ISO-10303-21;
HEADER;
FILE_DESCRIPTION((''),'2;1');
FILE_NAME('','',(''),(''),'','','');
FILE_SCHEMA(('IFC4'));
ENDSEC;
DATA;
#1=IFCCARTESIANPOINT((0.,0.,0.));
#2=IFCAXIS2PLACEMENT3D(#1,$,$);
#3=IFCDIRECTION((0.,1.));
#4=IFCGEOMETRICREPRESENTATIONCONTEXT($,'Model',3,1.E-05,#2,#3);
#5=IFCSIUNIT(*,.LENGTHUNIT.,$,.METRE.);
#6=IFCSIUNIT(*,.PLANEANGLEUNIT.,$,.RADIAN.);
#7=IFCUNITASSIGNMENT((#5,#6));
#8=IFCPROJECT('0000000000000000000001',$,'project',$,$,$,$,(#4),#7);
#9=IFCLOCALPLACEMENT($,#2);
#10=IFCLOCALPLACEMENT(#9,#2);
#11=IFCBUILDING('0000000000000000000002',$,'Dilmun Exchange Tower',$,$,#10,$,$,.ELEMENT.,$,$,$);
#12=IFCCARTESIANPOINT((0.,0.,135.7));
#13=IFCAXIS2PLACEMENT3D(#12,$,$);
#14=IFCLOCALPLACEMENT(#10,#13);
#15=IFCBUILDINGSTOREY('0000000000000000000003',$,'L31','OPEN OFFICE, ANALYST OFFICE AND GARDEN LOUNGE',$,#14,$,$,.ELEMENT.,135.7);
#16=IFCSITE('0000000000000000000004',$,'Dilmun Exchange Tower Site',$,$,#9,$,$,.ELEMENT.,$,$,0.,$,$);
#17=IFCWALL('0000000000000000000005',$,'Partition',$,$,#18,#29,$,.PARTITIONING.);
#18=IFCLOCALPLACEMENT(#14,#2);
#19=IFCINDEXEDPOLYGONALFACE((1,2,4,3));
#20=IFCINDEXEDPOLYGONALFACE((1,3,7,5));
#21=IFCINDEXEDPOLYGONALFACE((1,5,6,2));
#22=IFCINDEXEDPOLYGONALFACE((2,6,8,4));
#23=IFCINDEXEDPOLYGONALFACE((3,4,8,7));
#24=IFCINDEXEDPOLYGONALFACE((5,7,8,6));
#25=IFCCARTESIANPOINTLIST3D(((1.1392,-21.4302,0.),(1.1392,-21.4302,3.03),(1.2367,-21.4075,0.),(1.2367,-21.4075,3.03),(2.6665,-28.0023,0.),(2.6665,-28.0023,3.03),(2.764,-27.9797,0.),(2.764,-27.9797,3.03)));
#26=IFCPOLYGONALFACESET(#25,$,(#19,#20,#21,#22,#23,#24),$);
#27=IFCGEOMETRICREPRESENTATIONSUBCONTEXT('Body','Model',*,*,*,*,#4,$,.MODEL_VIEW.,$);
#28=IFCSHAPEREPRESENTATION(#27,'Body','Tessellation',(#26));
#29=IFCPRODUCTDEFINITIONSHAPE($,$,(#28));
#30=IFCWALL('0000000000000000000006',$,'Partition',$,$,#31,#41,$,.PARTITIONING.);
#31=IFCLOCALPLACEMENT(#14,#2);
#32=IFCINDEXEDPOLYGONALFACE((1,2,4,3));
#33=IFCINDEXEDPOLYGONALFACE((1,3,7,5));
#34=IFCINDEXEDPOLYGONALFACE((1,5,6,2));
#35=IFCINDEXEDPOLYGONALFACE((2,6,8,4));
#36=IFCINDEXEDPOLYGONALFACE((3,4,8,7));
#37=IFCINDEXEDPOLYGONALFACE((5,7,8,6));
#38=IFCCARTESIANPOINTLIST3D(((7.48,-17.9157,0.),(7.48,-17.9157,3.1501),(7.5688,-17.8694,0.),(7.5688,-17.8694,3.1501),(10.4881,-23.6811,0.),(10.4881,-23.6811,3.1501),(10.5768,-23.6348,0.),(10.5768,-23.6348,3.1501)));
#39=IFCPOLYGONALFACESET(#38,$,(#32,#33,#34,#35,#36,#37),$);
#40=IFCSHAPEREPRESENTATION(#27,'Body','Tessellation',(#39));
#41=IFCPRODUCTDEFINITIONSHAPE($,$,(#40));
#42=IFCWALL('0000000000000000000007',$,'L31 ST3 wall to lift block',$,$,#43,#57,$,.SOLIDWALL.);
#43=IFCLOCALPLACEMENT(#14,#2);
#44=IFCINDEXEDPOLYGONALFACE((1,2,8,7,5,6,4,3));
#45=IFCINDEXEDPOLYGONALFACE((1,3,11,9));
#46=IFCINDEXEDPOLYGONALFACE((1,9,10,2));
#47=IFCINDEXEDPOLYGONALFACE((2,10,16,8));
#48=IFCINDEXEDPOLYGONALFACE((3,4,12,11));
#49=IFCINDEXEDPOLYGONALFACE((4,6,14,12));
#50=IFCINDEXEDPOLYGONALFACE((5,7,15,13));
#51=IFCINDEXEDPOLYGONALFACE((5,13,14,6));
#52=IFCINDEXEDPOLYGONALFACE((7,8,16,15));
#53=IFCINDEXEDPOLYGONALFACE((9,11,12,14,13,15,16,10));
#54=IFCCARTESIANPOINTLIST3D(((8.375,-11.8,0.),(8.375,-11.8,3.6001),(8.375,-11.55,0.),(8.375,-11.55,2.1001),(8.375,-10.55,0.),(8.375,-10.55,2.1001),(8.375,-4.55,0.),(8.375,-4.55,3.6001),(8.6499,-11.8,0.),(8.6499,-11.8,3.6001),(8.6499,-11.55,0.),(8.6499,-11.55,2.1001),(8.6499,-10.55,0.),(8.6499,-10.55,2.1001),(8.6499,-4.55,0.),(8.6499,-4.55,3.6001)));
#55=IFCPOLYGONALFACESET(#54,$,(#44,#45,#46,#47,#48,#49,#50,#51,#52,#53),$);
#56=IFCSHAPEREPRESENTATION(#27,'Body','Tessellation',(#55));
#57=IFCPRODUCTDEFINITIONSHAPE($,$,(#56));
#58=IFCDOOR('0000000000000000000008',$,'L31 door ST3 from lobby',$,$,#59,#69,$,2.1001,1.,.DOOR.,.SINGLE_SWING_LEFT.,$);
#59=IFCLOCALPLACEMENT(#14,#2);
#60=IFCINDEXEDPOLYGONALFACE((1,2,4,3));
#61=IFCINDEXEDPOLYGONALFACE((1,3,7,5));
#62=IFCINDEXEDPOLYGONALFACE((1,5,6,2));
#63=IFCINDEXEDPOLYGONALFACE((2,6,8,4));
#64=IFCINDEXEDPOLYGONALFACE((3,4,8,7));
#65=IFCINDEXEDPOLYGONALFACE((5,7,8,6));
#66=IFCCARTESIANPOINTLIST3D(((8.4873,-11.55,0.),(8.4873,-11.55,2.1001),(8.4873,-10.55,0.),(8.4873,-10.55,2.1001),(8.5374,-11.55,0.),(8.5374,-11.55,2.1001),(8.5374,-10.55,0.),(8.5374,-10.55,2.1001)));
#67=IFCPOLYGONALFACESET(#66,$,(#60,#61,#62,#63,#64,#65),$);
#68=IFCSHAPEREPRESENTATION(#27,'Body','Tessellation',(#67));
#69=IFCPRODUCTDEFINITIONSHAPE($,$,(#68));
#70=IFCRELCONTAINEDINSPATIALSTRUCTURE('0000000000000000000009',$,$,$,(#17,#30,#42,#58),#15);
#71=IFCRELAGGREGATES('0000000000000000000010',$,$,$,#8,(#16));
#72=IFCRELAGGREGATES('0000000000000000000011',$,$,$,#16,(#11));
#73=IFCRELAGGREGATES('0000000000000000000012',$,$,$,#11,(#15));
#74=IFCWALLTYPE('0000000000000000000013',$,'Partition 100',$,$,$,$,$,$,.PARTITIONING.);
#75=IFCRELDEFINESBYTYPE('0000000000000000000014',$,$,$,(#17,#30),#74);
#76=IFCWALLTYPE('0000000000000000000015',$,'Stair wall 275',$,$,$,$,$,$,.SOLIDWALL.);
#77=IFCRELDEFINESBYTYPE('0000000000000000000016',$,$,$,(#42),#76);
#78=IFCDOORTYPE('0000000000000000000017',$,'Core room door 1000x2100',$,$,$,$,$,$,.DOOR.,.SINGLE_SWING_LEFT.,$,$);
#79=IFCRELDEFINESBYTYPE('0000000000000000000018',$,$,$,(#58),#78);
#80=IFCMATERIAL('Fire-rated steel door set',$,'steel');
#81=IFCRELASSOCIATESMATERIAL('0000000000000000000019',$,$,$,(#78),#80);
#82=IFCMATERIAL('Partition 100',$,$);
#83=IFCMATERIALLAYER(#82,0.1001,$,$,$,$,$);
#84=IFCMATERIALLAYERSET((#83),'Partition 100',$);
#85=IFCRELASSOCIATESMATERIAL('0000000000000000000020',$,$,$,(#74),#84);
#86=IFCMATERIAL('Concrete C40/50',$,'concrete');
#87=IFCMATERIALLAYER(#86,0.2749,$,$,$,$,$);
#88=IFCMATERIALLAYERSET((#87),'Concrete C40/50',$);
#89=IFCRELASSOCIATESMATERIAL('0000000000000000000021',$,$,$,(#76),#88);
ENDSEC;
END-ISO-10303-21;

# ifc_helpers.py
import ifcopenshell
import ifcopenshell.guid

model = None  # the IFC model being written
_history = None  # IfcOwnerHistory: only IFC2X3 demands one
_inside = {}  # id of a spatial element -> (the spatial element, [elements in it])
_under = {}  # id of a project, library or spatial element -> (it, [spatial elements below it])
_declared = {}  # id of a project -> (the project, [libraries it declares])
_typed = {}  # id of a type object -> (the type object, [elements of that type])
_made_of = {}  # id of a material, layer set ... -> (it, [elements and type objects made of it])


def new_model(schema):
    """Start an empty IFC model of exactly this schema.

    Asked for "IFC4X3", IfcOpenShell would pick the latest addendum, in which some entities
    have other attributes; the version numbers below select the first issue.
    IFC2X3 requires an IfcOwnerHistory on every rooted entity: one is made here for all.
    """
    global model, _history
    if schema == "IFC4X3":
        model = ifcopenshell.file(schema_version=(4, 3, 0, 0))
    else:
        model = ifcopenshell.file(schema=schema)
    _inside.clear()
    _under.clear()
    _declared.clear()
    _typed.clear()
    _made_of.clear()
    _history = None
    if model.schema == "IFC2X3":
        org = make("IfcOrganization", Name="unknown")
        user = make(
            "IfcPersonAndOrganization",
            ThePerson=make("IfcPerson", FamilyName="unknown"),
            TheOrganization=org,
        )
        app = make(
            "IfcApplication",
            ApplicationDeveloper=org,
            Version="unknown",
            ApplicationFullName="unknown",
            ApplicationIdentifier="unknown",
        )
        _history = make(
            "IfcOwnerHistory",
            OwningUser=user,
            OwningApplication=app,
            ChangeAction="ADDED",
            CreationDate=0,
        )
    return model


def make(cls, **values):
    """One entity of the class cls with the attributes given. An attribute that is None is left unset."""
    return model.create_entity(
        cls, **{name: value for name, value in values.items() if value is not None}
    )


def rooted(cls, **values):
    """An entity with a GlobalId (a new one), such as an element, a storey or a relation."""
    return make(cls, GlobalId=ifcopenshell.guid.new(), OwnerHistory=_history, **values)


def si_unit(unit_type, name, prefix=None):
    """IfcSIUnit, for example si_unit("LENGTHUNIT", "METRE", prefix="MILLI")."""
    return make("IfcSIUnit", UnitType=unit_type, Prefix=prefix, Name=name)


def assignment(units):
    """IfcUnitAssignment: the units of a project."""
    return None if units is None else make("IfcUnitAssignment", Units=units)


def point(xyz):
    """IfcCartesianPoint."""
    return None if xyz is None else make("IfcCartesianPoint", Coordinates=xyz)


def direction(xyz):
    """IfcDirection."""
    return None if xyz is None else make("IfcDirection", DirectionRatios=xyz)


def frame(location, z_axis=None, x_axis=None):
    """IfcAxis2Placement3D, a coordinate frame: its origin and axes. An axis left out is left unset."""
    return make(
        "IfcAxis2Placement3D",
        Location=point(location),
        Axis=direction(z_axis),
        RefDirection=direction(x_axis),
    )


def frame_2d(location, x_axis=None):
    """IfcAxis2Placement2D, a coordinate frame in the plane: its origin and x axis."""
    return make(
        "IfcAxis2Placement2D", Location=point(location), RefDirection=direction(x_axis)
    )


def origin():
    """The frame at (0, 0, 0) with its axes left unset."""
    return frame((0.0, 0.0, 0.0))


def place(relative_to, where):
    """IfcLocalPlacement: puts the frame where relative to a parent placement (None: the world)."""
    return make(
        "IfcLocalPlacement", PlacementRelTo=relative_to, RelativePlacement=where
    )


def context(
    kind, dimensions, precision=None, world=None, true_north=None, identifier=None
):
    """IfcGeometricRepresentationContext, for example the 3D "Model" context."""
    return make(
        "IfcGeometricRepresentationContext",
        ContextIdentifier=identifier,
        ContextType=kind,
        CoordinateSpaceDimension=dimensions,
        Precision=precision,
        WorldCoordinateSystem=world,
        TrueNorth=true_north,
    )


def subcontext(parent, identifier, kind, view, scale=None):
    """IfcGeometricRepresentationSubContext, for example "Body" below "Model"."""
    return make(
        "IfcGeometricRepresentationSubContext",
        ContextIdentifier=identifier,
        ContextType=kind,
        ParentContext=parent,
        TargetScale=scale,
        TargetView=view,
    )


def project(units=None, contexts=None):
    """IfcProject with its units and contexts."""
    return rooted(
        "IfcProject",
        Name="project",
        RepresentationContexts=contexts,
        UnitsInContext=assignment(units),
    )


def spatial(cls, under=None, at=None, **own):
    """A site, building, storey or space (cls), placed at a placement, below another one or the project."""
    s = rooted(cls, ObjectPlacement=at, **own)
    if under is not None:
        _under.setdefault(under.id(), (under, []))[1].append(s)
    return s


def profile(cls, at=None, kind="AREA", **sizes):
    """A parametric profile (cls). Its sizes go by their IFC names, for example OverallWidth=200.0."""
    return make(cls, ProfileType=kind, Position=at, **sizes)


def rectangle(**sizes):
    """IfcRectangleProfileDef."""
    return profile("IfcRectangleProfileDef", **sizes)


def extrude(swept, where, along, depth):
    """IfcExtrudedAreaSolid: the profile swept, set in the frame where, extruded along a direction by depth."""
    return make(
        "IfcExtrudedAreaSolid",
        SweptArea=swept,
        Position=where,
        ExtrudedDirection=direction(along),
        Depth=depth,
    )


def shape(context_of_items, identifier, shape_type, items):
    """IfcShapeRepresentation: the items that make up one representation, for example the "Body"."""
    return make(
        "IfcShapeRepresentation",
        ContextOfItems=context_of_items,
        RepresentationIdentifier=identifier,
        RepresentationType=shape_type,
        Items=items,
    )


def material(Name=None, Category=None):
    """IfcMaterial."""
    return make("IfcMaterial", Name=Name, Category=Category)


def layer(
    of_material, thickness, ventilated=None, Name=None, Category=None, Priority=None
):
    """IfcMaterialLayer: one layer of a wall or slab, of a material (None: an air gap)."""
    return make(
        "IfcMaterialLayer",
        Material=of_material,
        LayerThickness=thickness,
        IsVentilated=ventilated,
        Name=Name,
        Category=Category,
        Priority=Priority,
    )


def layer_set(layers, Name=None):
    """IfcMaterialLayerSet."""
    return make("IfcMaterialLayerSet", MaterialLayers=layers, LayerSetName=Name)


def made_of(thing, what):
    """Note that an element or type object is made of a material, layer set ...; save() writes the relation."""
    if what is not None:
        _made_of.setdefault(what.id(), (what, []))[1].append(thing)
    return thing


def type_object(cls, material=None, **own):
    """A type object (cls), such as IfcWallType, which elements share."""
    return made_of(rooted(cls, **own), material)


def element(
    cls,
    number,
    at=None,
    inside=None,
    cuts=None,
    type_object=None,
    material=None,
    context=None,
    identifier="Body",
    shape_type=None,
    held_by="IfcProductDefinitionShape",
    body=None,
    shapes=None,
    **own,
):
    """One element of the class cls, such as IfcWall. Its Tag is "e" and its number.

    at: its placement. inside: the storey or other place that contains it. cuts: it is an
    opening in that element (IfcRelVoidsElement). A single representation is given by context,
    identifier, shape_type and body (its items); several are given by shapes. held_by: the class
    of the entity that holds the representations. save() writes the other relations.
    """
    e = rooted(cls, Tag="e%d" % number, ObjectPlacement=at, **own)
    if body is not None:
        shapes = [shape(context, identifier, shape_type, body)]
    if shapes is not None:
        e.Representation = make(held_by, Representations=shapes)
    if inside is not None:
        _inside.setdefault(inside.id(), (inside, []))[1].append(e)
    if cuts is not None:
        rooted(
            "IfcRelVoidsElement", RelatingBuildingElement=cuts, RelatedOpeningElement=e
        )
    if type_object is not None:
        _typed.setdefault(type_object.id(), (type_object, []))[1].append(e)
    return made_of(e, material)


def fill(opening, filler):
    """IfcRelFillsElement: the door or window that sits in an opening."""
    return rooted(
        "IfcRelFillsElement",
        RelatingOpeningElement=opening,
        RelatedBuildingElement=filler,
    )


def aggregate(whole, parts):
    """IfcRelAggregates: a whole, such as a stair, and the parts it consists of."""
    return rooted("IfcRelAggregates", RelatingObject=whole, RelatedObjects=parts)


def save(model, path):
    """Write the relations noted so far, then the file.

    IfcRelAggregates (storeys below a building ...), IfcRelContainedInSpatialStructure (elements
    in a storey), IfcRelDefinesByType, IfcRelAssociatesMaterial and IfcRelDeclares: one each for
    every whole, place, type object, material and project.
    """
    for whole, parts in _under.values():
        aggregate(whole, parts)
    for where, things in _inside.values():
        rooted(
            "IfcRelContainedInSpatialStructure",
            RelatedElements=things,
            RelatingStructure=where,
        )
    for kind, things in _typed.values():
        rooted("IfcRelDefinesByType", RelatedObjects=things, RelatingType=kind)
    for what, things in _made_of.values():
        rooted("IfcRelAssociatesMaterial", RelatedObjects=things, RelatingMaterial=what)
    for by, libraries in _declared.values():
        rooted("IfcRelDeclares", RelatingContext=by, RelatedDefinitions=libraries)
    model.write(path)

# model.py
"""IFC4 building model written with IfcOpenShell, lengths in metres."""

from ifc_helpers import new_model, si_unit, direction, frame, frame_2d, origin, place, context, subcontext, project, spatial, rectangle, extrude, material, layer, layer_set, type_object, element, fill, save


model = new_model("IFC4")

# Units and contexts
model_context = context("Model", 3, precision=1e-05, world=origin(), true_north=direction((0.0, 1.0)))
body_context = subcontext(model_context, "Body", "Model", "MODEL_VIEW")
ifc_project = project(units=[si_unit("LENGTHUNIT", "METRE"), si_unit("PLANEANGLEUNIT", "RADIAN")], contexts=[model_context])

# Site, building, storey
site_placement = place(None, origin())
site = spatial("IfcSite", under=ifc_project, at=site_placement, Name="Dilmun Exchange Tower Site", CompositionType="ELEMENT", RefElevation=0.0)
building_placement = place(site_placement, origin())
building = spatial("IfcBuilding", under=site, at=building_placement, Name="Dilmun Exchange Tower", CompositionType="ELEMENT")
storey_placement = place(building_placement, frame((0.0, 0.0, 135.7)))
storey = spatial("IfcBuildingStorey", under=building, at=storey_placement, Name="L31", Description="OPEN OFFICE, ANALYST OFFICE AND GARDEN LOUNGE", CompositionType="ELEMENT", Elevation=135.7)

# Shared definitions
ifc_material_1 = material(Name="Concrete C40/50", Category="concrete")

# Shared definitions
ifc_material_2 = material(Name="Fire-rated steel door set", Category="steel")
door_type_1 = type_object("IfcDoorType", Name="Core room door 1000x2100", OperationType="SINGLE_SWING_LEFT", PredefinedType="DOOR", material=ifc_material_2)

# Walls
ifc_material_3 = material(Name="Partition 100")
ifc_layer_1 = layer(ifc_material_3, 0.1001)
ifc_layer_set_1 = layer_set([ifc_layer_1], Name="Partition 100")
wall_type_1 = type_object("IfcWallType", Name="Partition 100", PredefinedType="PARTITIONING", material=ifc_layer_set_1)
wall_1_placement = place(storey_placement, frame((1.188, -21.4189, 0.0), z_axis=(0.0, 0.0, 1.0), x_axis=(0.22636, -0.974044, 0.0)))
element("IfcWall", 1, at=wall_1_placement, inside=storey, type_object=wall_type_1, Name="Partition", PredefinedType="PARTITIONING", context=body_context, shape_type="SweptSolid", body=[
    extrude(rectangle(XDim=6.7473, YDim=0.1001, at=frame_2d((3.3735, 0.0))), origin(), (0.0, 0.0, 1.0), 3.03),
])
wall_2_placement = place(storey_placement, frame((7.5244, -17.8926, 0.0), z_axis=(0.0, 0.0, 1.0), x_axis=(0.46257, -0.886583, 0.0)))
element("IfcWall", 2, at=wall_2_placement, inside=storey, type_object=wall_type_1, Name="Partition", PredefinedType="PARTITIONING", context=body_context, shape_type="SweptSolid", body=[
    extrude(rectangle(XDim=6.5029, YDim=0.1001, at=frame_2d((3.2515, 0.0))), origin(), (0.0, 0.0, 1.0), 3.1501),
])

# Wall, opening, door
ifc_layer_2 = layer(ifc_material_1, 0.2749)
ifc_layer_set_2 = layer_set([ifc_layer_2], Name="Concrete C40/50")
wall_type_2 = type_object("IfcWallType", Name="Stair wall 275", PredefinedType="SOLIDWALL", material=ifc_layer_set_2)
wall_3_placement = place(storey_placement, frame((8.5125, -4.55, 0.0), z_axis=(0.0, 0.0, 1.0), x_axis=(0.0, -1.0, 0.0)))
wall_3 = element("IfcWall", 3, at=wall_3_placement, inside=storey, type_object=wall_type_2, Name="L31 ST3 wall to lift block", PredefinedType="SOLIDWALL", context=body_context, shape_type="SweptSolid", body=[
    extrude(rectangle(XDim=7.25, YDim=0.2749, at=frame_2d((3.625, 0.0))), origin(), (0.0, 0.0, 1.0), 3.6001),
])
opening_1_placement = place(wall_3_placement, frame((6.0, 0.0, 0.0)))
opening_1 = element("IfcOpeningElement", 4, at=opening_1_placement, cuts=wall_3, PredefinedType="OPENING", context=body_context, shape_type="SweptSolid", body=[
    extrude(rectangle(XDim=1.0, YDim=2.1001, at=frame_2d((0.5, 1.05))), frame((0.0, 0.1475, 0.0), z_axis=(0.0, -1.0, 0.0), x_axis=(1.0, 0.0, 0.0)), (0.0, 0.0, 1.0), 0.2949),
])
door_1_placement = place(opening_1_placement, origin())
door_1 = element("IfcDoor", 5, at=door_1_placement, inside=storey, type_object=door_type_1, Name="L31 door ST3 from lobby", OperationType="SINGLE_SWING_LEFT", OverallHeight=2.1001, OverallWidth=1.0, PredefinedType="DOOR", context=body_context, shape_type="SweptSolid", body=[
    extrude(rectangle(XDim=1.0, YDim=2.1001, at=frame_2d((0.5, 1.05))), frame((0.0, 0.0249, 0.0), z_axis=(0.0, -1.0, 0.0), x_axis=(1.0, 0.0, 0.0)), (0.0, 0.0, 1.0), 0.05),
])
fill(opening_1, door_1)

save(model, "model.ifc")
